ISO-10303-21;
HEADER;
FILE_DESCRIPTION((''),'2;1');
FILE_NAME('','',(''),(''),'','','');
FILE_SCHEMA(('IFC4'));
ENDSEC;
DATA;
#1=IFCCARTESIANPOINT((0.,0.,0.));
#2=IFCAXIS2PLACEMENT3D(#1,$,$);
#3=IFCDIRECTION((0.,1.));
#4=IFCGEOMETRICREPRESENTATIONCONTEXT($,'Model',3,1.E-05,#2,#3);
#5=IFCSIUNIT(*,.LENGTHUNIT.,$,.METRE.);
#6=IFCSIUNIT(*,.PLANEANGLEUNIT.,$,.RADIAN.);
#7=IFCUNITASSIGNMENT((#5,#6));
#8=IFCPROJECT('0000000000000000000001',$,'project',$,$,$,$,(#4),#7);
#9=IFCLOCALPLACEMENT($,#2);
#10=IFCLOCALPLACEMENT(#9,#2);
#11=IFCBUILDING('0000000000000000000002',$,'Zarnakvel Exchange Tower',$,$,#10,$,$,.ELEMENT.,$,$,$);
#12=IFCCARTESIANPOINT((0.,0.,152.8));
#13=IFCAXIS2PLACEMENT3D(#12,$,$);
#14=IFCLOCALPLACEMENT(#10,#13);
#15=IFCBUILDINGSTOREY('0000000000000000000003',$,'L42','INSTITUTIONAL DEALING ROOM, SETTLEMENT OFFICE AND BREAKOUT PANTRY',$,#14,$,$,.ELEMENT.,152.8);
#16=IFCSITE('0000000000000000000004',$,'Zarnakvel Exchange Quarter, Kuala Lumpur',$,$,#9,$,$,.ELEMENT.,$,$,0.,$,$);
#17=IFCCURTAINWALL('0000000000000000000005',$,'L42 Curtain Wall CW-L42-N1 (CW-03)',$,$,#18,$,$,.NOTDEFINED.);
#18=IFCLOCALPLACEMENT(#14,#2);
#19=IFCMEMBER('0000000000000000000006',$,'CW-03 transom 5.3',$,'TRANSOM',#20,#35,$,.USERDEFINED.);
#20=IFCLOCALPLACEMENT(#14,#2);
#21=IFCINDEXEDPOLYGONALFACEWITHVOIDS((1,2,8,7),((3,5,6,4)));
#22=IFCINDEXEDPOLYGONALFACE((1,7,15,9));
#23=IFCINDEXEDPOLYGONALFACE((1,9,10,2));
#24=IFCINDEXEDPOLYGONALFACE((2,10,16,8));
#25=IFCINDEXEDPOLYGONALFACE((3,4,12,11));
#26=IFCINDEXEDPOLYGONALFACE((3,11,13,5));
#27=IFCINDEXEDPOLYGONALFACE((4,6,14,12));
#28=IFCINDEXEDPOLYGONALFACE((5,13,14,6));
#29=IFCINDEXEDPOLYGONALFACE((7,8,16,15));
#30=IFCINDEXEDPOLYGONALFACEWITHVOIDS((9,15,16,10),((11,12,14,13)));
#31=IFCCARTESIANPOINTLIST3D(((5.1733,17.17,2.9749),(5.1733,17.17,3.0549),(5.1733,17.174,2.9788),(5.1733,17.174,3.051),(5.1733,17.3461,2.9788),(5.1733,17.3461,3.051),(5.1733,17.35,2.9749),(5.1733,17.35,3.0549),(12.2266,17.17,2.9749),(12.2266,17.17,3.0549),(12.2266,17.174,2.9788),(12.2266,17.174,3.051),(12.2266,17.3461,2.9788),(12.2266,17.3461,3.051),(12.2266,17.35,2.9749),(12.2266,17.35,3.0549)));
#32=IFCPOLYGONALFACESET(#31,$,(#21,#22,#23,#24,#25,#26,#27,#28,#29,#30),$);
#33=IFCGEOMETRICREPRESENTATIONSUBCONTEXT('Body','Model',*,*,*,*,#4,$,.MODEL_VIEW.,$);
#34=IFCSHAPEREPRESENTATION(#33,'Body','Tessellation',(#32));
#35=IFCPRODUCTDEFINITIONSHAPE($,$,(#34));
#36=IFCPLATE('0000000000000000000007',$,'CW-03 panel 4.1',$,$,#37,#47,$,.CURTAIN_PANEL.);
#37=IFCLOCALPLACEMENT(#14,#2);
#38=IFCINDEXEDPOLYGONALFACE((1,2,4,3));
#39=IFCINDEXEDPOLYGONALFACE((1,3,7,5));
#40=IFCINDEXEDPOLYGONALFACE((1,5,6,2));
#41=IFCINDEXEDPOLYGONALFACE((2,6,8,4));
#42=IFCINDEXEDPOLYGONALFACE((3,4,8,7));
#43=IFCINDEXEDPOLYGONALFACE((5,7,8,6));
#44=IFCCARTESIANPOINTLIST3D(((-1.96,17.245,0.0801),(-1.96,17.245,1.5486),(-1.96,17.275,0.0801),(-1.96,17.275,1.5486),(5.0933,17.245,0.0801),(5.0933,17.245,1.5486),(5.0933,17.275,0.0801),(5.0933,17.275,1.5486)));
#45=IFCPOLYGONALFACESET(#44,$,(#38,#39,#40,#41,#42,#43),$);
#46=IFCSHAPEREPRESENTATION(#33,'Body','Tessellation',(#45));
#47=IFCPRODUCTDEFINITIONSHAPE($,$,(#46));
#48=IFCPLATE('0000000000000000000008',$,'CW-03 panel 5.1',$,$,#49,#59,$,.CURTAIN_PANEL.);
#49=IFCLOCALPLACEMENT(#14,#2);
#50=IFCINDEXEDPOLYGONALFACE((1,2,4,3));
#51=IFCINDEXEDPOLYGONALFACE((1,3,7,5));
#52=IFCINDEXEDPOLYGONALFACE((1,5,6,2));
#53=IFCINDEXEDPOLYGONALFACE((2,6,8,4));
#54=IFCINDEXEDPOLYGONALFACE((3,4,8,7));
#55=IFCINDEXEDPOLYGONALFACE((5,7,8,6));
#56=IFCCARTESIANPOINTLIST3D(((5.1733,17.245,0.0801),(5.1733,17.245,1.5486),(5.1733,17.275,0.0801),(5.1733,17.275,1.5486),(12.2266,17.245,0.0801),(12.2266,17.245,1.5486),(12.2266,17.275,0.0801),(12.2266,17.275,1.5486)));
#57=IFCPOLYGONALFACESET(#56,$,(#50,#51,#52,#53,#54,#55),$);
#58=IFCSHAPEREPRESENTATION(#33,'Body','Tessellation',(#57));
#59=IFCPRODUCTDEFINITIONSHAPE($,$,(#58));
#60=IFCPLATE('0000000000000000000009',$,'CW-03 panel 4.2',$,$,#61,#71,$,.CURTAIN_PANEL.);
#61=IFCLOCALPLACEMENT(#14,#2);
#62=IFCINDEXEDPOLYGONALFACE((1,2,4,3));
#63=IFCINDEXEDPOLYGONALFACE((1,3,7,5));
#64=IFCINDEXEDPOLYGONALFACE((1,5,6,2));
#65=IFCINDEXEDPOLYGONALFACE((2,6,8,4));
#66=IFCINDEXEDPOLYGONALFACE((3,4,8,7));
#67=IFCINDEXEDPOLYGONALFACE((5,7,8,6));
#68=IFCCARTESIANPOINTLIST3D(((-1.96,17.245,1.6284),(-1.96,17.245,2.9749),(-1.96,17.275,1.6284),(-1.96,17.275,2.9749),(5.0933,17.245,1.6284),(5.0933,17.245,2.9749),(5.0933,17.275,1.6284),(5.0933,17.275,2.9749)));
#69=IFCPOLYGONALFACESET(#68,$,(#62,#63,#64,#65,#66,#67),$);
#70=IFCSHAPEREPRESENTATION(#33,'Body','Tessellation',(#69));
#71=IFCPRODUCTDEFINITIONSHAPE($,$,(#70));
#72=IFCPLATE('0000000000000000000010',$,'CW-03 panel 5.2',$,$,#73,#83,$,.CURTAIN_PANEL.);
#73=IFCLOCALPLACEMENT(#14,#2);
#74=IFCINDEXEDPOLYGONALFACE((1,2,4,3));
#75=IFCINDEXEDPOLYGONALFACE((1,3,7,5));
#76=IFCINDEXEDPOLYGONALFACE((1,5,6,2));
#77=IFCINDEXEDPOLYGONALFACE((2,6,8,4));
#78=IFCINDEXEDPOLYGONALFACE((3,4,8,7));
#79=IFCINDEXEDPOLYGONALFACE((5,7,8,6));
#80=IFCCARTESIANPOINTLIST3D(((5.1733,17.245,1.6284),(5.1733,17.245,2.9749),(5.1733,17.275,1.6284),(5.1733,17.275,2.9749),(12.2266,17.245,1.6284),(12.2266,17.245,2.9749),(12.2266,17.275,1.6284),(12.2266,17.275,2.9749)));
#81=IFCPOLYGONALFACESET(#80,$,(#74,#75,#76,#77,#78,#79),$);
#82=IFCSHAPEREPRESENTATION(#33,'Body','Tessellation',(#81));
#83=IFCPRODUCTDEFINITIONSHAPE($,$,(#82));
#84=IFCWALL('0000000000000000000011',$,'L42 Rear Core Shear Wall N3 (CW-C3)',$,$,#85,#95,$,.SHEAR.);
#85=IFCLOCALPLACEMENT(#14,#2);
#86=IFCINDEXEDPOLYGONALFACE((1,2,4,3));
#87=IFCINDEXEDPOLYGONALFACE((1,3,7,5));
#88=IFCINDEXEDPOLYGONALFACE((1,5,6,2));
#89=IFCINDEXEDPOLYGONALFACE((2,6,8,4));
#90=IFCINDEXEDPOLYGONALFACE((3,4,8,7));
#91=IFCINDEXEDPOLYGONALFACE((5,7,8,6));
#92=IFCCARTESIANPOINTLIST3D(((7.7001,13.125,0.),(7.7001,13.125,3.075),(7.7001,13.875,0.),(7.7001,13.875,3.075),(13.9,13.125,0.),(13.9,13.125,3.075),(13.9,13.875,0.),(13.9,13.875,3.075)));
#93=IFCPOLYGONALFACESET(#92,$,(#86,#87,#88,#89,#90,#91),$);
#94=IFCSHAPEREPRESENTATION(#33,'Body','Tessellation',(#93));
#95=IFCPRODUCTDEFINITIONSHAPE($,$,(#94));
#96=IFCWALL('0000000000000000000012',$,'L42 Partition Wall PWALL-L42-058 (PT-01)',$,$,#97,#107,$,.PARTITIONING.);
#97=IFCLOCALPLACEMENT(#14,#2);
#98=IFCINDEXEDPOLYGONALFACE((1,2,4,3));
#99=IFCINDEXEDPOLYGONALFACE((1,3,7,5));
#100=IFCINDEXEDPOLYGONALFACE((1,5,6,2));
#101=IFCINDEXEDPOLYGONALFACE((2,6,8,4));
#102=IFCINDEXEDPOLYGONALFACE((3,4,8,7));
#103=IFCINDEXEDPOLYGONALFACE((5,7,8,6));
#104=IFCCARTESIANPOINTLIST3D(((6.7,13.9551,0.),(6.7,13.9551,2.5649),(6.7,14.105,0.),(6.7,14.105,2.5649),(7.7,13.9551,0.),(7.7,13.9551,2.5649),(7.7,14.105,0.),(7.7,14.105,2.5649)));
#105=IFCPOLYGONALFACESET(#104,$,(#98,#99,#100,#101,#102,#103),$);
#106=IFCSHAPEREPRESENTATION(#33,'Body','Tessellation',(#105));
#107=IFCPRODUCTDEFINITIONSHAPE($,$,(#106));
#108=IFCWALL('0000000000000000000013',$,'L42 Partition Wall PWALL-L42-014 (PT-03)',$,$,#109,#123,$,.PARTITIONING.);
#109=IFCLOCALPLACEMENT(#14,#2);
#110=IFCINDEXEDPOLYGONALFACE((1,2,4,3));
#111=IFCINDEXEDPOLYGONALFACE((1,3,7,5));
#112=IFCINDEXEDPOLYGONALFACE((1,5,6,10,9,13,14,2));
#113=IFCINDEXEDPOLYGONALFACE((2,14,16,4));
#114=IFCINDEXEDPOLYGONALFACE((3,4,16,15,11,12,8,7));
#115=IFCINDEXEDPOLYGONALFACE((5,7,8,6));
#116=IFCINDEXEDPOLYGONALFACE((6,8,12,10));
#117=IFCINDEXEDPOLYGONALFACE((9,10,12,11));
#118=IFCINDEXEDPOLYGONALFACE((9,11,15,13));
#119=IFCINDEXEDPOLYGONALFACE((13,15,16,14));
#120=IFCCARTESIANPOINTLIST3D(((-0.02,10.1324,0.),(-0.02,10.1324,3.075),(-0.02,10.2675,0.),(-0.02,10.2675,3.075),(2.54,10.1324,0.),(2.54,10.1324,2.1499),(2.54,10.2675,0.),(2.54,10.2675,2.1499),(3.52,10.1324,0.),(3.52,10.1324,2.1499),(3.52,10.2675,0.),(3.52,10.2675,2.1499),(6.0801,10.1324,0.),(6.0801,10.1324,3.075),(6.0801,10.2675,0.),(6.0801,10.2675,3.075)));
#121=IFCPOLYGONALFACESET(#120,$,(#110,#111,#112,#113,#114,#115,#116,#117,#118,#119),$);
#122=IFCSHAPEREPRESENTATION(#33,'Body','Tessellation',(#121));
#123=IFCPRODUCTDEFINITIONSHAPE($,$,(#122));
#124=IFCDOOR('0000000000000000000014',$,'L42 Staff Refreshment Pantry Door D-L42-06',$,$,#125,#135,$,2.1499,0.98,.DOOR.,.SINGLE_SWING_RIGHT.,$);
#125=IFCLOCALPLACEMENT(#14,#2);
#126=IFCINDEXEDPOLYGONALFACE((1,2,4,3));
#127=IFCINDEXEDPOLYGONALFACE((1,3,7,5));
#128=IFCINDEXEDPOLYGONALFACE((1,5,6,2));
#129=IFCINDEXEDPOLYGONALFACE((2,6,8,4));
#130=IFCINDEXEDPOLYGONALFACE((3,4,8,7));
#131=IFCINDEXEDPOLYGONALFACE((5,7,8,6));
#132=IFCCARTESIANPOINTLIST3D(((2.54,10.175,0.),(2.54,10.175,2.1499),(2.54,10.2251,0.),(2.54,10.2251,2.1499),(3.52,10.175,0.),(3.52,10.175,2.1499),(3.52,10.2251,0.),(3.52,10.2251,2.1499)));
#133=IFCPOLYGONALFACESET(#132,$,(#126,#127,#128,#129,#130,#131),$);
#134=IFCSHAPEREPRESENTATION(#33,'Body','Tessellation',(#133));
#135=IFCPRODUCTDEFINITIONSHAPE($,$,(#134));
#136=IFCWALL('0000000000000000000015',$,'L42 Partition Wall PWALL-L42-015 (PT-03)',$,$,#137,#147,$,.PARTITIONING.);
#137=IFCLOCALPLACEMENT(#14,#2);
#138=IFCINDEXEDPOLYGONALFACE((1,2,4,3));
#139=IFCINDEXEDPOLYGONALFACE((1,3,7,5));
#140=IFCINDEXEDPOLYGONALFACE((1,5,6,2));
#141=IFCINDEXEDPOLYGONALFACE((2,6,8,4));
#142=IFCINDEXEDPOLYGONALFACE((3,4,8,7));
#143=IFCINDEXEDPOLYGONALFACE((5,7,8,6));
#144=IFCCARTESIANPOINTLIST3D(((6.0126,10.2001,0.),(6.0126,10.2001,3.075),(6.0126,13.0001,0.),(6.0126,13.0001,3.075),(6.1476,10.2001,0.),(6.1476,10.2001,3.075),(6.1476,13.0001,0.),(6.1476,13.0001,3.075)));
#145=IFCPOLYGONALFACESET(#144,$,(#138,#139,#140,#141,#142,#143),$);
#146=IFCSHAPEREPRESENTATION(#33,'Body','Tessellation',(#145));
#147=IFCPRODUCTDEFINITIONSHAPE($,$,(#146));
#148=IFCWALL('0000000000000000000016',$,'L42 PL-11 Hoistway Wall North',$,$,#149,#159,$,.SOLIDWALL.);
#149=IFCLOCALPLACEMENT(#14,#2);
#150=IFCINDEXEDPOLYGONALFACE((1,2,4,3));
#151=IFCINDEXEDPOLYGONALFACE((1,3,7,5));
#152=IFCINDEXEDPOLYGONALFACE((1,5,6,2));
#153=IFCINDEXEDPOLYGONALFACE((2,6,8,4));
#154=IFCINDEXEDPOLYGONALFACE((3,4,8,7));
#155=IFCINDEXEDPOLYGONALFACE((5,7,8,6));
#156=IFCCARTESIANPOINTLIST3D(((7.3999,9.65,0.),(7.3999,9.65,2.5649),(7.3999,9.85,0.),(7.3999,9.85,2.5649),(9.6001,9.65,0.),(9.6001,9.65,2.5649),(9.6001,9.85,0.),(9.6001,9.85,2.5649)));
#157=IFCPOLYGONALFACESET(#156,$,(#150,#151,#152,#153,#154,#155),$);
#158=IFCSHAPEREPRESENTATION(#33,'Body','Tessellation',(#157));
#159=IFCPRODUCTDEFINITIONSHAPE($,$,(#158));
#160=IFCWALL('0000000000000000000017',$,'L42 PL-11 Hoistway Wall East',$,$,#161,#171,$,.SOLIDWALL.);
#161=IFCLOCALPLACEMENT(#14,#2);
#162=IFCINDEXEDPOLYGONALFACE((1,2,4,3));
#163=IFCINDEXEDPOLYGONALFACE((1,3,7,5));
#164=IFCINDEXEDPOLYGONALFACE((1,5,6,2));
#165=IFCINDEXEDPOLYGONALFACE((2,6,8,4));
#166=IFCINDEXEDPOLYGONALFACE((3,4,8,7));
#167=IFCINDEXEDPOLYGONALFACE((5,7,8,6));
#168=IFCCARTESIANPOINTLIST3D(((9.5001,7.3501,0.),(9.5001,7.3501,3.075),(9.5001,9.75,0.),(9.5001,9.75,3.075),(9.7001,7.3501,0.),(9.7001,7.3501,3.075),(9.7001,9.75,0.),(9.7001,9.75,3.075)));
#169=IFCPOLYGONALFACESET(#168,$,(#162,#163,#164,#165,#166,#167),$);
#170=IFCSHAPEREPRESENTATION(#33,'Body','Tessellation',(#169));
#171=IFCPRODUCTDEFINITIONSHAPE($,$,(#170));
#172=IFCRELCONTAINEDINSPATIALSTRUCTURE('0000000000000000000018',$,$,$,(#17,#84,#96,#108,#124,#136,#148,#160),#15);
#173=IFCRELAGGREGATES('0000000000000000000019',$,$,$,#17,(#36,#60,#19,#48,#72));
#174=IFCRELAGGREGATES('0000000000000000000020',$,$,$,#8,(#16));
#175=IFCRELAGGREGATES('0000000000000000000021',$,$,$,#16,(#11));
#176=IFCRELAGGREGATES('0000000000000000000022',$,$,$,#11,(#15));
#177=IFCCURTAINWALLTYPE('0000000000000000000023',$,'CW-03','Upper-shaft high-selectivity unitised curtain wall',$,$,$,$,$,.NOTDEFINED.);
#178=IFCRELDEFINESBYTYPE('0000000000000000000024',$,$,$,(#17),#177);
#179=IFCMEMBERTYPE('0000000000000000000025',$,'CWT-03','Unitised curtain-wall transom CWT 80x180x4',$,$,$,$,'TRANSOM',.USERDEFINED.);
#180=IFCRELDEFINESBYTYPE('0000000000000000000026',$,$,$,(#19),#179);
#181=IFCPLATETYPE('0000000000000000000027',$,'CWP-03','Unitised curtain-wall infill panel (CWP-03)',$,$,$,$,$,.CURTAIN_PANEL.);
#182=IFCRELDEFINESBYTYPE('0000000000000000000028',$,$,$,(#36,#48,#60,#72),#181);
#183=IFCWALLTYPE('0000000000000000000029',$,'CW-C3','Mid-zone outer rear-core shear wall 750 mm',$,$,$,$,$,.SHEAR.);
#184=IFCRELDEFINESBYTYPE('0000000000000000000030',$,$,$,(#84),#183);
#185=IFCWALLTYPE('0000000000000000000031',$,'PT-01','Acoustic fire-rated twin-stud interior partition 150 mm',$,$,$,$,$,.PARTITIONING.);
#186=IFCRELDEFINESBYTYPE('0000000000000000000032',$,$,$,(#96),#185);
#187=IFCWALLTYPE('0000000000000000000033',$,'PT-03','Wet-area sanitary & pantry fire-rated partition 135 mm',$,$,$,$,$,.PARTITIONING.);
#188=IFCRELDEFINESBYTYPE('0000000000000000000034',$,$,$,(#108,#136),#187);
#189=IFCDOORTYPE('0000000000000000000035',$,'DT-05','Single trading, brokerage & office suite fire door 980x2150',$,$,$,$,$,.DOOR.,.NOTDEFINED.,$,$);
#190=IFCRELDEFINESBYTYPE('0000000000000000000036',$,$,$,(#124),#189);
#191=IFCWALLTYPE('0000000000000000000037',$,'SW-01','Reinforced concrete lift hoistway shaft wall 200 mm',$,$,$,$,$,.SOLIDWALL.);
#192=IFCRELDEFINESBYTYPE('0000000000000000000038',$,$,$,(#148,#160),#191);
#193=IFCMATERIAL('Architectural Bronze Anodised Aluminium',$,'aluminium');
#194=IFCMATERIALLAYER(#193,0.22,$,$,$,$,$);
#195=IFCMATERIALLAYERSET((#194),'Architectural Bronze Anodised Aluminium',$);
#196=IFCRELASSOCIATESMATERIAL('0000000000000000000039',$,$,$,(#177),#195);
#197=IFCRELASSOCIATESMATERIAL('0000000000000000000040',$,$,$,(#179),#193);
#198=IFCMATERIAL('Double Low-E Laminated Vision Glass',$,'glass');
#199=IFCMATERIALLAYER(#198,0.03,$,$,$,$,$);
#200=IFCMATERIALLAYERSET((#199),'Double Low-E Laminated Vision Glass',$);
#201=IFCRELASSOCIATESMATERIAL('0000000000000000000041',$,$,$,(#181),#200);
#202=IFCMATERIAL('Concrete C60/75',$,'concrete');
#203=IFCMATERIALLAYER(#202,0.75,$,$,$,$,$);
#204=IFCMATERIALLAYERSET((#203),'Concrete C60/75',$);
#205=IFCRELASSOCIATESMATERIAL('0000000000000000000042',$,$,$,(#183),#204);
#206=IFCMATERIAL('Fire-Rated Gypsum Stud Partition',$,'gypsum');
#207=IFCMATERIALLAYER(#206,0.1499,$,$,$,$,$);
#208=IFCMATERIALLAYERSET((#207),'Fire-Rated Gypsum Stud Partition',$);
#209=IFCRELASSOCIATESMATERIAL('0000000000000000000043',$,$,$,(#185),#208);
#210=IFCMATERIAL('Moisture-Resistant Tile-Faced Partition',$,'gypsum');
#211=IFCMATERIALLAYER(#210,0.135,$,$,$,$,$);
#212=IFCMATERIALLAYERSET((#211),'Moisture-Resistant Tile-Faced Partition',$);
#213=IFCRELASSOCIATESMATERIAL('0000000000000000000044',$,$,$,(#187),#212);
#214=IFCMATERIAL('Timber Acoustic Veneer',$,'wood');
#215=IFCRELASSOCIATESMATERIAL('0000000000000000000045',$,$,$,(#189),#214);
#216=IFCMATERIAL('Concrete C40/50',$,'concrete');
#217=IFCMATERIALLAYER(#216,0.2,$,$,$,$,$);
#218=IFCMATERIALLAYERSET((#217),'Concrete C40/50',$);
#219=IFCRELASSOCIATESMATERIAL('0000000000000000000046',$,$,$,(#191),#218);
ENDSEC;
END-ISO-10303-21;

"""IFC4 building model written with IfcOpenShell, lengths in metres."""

from ifc_helpers import new_model, si_unit, direction, frame, frame_2d, origin, origin_2d, place, context, subcontext, project, spatial, rectangle, hollow_rectangle, extrude, source, transform, mapped, material, layer, layer_set, material_profile, profile_set, type_object, element, fill, aggregate, save


model = new_model("IFC4")

# Units and contexts
model_context = context("Model", 3, precision=1e-05, world=origin(), true_north=direction((0.0, 1.0)))
body_context = subcontext(model_context, "Body", "Model", "MODEL_VIEW")
ifc_project = project(units=[si_unit("LENGTHUNIT", "METRE"), si_unit("PLANEANGLEUNIT", "RADIAN")], contexts=[model_context])

# Site, building, storey
site_placement = place(None, origin())
site = spatial("IfcSite", under=ifc_project, at=site_placement, Name="Zarnakvel Exchange Quarter, Kuala Lumpur", CompositionType="ELEMENT", RefElevation=0.0)
building_placement = place(site_placement, origin())
building = spatial("IfcBuilding", under=site, at=building_placement, Name="Zarnakvel Exchange Tower", CompositionType="ELEMENT")
storey_placement = place(building_placement, frame((0.0, 0.0, 152.8)))
storey = spatial("IfcBuildingStorey", under=building, at=storey_placement, Name="L42", Description="INSTITUTIONAL DEALING ROOM, SETTLEMENT OFFICE AND BREAKOUT PANTRY", CompositionType="ELEMENT", Elevation=152.8)

# Shared definitions
ifc_material_1 = material(Name="Concrete C60/75", Category="concrete")

# Curtain wall, member, plates
ifc_material_2 = material(Name="Architectural Bronze Anodised Aluminium", Category="aluminium")
ifc_layer_1 = layer(ifc_material_2, 0.22)
ifc_layer_set_1 = layer_set([ifc_layer_1], Name="Architectural Bronze Anodised Aluminium")
curtain_wall_type = type_object("IfcCurtainWallType", Name="CW-03", Description="Upper-shaft high-selectivity unitised curtain wall", PredefinedType="NOTDEFINED", material=ifc_layer_set_1)
curtain_wall_placement = place(storey_placement, origin())
curtain_wall = element("IfcCurtainWall", 1, at=curtain_wall_placement, inside=storey, type_object=curtain_wall_type, Name="L42 Curtain Wall CW-L42-N1 (CW-03)", PredefinedType="NOTDEFINED")
ifc_material_profile_1 = material_profile(ifc_material_2, hollow_rectangle(XDim=0.1799, YDim=0.0801, WallThickness=0.0039, at=origin_2d()))
ifc_profile_set_1 = profile_set([ifc_material_profile_1], Name="Architectural Bronze Anodised Aluminium")
member_type_1 = type_object("IfcMemberType", Name="CWT-03", Description="Unitised curtain-wall transom CWT 80x180x4", ElementType="TRANSOM", PredefinedType="USERDEFINED", material=ifc_profile_set_1)
shared_shape_1 = source(origin(), body_context, "Body", "SweptSolid", [
    extrude(hollow_rectangle(XDim=0.1799, YDim=0.0801, WallThickness=0.0039, at=origin_2d()), origin(), (0.0, 0.0, 1.0), 7.0532),
])
member_1_placement = place(storey_placement, frame((5.1733, 17.26, 3.0149), z_axis=(1.0, 0.0, 0.0), x_axis=(0.0, 1.0, 0.0)))
member_1 = element("IfcMember", 2, at=member_1_placement, type_object=member_type_1, Name="CW-03 transom 5.3", ObjectType="TRANSOM", PredefinedType="USERDEFINED", context=body_context, shape_type="MappedRepresentation", body=[
    mapped(shared_shape_1, transform((0.0, 0.0, 0.0), x_axis=(1.0, 0.0, 0.0), y_axis=(0.0, 1.0, 0.0), z_axis=(0.0, 0.0, 1.0), scale=1.0)),
])
ifc_material_3 = material(Name="Double Low-E Laminated Vision Glass", Category="glass")
ifc_layer_2 = layer(ifc_material_3, 0.03)
ifc_layer_set_2 = layer_set([ifc_layer_2], Name="Double Low-E Laminated Vision Glass")
plate_type = type_object("IfcPlateType", Name="CWP-03", Description="Unitised curtain-wall infill panel (CWP-03)", PredefinedType="CURTAIN_PANEL", material=ifc_layer_set_2)
shared_shape_2 = source(origin(), body_context, "Body", "SweptSolid", [
    extrude(rectangle(XDim=7.0532, YDim=0.03, at=origin_2d()), origin(), (0.0, 0.0, 1.0), 1.4685),
])
plate_1_placement = place(storey_placement, frame((1.5667, 17.26, 0.0801), z_axis=(0.0, 0.0, 1.0), x_axis=(1.0, 0.0, 0.0)))
plate_1 = element("IfcPlate", 3, at=plate_1_placement, type_object=plate_type, Name="CW-03 panel 4.1", PredefinedType="CURTAIN_PANEL", context=body_context, shape_type="MappedRepresentation", body=[
    mapped(shared_shape_2, transform((0.0, 0.0, 0.0), x_axis=(1.0, 0.0, 0.0), y_axis=(0.0, 1.0, 0.0), z_axis=(0.0, 0.0, 1.0), scale=1.0)),
])
plate_2_placement = place(storey_placement, frame((8.7, 17.26, 0.0801), z_axis=(0.0, 0.0, 1.0), x_axis=(1.0, 0.0, 0.0)))
plate_2 = element("IfcPlate", 4, at=plate_2_placement, type_object=plate_type, Name="CW-03 panel 5.1", PredefinedType="CURTAIN_PANEL", context=body_context, shape_type="MappedRepresentation", body=[
    mapped(shared_shape_2, transform((0.0, 0.0, 0.0), x_axis=(1.0, 0.0, 0.0), y_axis=(0.0, 1.0, 0.0), z_axis=(0.0, 0.0, 1.0), scale=1.0)),
])
shared_shape_3 = source(origin(), body_context, "Body", "SweptSolid", [
    extrude(rectangle(XDim=7.0532, YDim=0.03, at=origin_2d()), origin(), (0.0, 0.0, 1.0), 1.3464),
])
plate_3_placement = place(storey_placement, frame((1.5667, 17.26, 1.6284), z_axis=(0.0, 0.0, 1.0), x_axis=(1.0, 0.0, 0.0)))
plate_3 = element("IfcPlate", 5, at=plate_3_placement, type_object=plate_type, Name="CW-03 panel 4.2", PredefinedType="CURTAIN_PANEL", context=body_context, shape_type="MappedRepresentation", body=[
    mapped(shared_shape_3, transform((0.0, 0.0, 0.0), x_axis=(1.0, 0.0, 0.0), y_axis=(0.0, 1.0, 0.0), z_axis=(0.0, 0.0, 1.0), scale=1.0)),
])
plate_4_placement = place(storey_placement, frame((8.7, 17.26, 1.6284), z_axis=(0.0, 0.0, 1.0), x_axis=(1.0, 0.0, 0.0)))
plate_4 = element("IfcPlate", 6, at=plate_4_placement, type_object=plate_type, Name="CW-03 panel 5.2", PredefinedType="CURTAIN_PANEL", context=body_context, shape_type="MappedRepresentation", body=[
    mapped(shared_shape_3, transform((0.0, 0.0, 0.0), x_axis=(1.0, 0.0, 0.0), y_axis=(0.0, 1.0, 0.0), z_axis=(0.0, 0.0, 1.0), scale=1.0)),
])
aggregate(curtain_wall, [plate_1, plate_3, member_1, plate_2, plate_4])

# Walls
ifc_layer_3 = layer(ifc_material_1, 0.75)
ifc_layer_set_3 = layer_set([ifc_layer_3], Name="Concrete C60/75")
wall_type_1 = type_object("IfcWallType", Name="CW-C3", Description="Mid-zone outer rear-core shear wall 750 mm", PredefinedType="SHEAR", material=ifc_layer_set_3)
wall_1_placement = place(storey_placement, frame((7.7, 13.5, 0.0), z_axis=(0.0, 0.0, 1.0), x_axis=(1.0, 0.0, 0.0)))
element("IfcWall", 7, at=wall_1_placement, inside=storey, type_object=wall_type_1, Name="L42 Rear Core Shear Wall N3 (CW-C3)", PredefinedType="SHEAR", context=body_context, shape_type="SweptSolid", body=[
    extrude(rectangle(XDim=6.2, YDim=0.75, at=frame_2d((3.1001, 0.0))), origin(), (0.0, 0.0, 1.0), 3.075),
])
ifc_material_4 = material(Name="Fire-Rated Gypsum Stud Partition", Category="gypsum")
ifc_layer_4 = layer(ifc_material_4, 0.1499)
ifc_layer_set_4 = layer_set([ifc_layer_4], Name="Fire-Rated Gypsum Stud Partition")
wall_type_2 = type_object("IfcWallType", Name="PT-01", Description="Acoustic fire-rated twin-stud interior partition 150 mm", PredefinedType="PARTITIONING", material=ifc_layer_set_4)
wall_2_placement = place(storey_placement, frame((7.7, 14.03, 0.0), z_axis=(0.0, 0.0, 1.0), x_axis=(-1.0, 0.0, 0.0)))
element("IfcWall", 8, at=wall_2_placement, inside=storey, type_object=wall_type_2, Name="L42 Partition Wall PWALL-L42-058 (PT-01)", PredefinedType="PARTITIONING", context=body_context, shape_type="SweptSolid", body=[
    extrude(rectangle(XDim=1.0, YDim=0.1499, at=frame_2d((0.5, 0.0))), origin(), (0.0, 0.0, 1.0), 2.5649),
])

# Wall, opening, door
ifc_material_5 = material(Name="Moisture-Resistant Tile-Faced Partition", Category="gypsum")
ifc_layer_5 = layer(ifc_material_5, 0.135)
ifc_layer_set_5 = layer_set([ifc_layer_5], Name="Moisture-Resistant Tile-Faced Partition")
wall_type_3 = type_object("IfcWallType", Name="PT-03", Description="Wet-area sanitary & pantry fire-rated partition 135 mm", PredefinedType="PARTITIONING", material=ifc_layer_set_5)
wall_3_placement = place(storey_placement, frame((6.0801, 10.2, 0.0), z_axis=(0.0, 0.0, 1.0), x_axis=(-1.0, 0.0, 0.0)))
wall_3 = element("IfcWall", 9, at=wall_3_placement, inside=storey, type_object=wall_type_3, Name="L42 Partition Wall PWALL-L42-014 (PT-03)", PredefinedType="PARTITIONING", context=body_context, shape_type="SweptSolid", body=[
    extrude(rectangle(XDim=6.1001, YDim=0.135, at=frame_2d((3.05, 0.0))), origin(), (0.0, 0.0, 1.0), 3.075),
])
opening_placement = place(wall_3_placement, frame((2.5601, 0.0, 0.0)))
opening = element("IfcOpeningElement", 10, at=opening_placement, cuts=wall_3, PredefinedType="OPENING", context=body_context, shape_type="SweptSolid", body=[
    extrude(rectangle(XDim=0.98, YDim=2.1499, at=frame_2d((0.49, 1.075))), frame((0.0, 0.0774, 0.0), z_axis=(0.0, -1.0, 0.0), x_axis=(1.0, 0.0, 0.0)), (0.0, 0.0, 1.0), 0.155),
])
ifc_material_6 = material(Name="Timber Acoustic Veneer", Category="wood")
door_type = type_object("IfcDoorType", Name="DT-05", Description="Single trading, brokerage & office suite fire door 980x2150", OperationType="NOTDEFINED", PredefinedType="DOOR", material=ifc_material_6)
shared_shape_4 = source(origin(), body_context, "Body", "SweptSolid", [
    extrude(rectangle(XDim=0.98, YDim=2.1499, at=frame_2d((0.49, 1.075))), frame((0.0, 0.0249, 0.0), z_axis=(0.0, -1.0, 0.0), x_axis=(1.0, 0.0, 0.0)), (0.0, 0.0, 1.0), 0.05),
])
door_placement = place(opening_placement, origin())
door = element("IfcDoor", 11, at=door_placement, inside=storey, type_object=door_type, Name="L42 Staff Refreshment Pantry Door D-L42-06", OperationType="SINGLE_SWING_RIGHT", OverallHeight=2.1499, OverallWidth=0.98, PredefinedType="DOOR", context=body_context, shape_type="MappedRepresentation", body=[
    mapped(shared_shape_4, transform((0.0, 0.0, 0.0), x_axis=(1.0, 0.0, 0.0), y_axis=(0.0, 1.0, 0.0), z_axis=(0.0, 0.0, 1.0), scale=1.0)),
])
fill(opening, door)

# Walls
wall_4_placement = place(storey_placement, frame((6.0801, 13.0, 0.0), z_axis=(0.0, 0.0, 1.0), x_axis=(0.0, -1.0, 0.0)))
element("IfcWall", 12, at=wall_4_placement, inside=storey, type_object=wall_type_3, Name="L42 Partition Wall PWALL-L42-015 (PT-03)", PredefinedType="PARTITIONING", context=body_context, shape_type="SweptSolid", body=[
    extrude(rectangle(XDim=2.8, YDim=0.135, at=frame_2d((1.3999, 0.0))), origin(), (0.0, 0.0, 1.0), 3.075),
])
ifc_material_7 = material(Name="Concrete C40/50", Category="concrete")
ifc_layer_6 = layer(ifc_material_7, 0.2)
ifc_layer_set_6 = layer_set([ifc_layer_6], Name="Concrete C40/50")
wall_type_4 = type_object("IfcWallType", Name="SW-01", Description="Reinforced concrete lift hoistway shaft wall 200 mm", PredefinedType="SOLIDWALL", material=ifc_layer_set_6)
wall_5_placement = place(storey_placement, frame((7.3999, 9.75, 0.0), z_axis=(0.0, 0.0, 1.0), x_axis=(1.0, 0.0, 0.0)))
element("IfcWall", 13, at=wall_5_placement, inside=storey, type_object=wall_type_4, Name="L42 PL-11 Hoistway Wall North", PredefinedType="SOLIDWALL", context=body_context, shape_type="SweptSolid", body=[
    extrude(rectangle(XDim=2.2002, YDim=0.2, at=frame_2d((1.1001, 0.0))), origin(), (0.0, 0.0, 1.0), 2.5649),
])
wall_6_placement = place(storey_placement, frame((9.6001, 9.75, 0.0), z_axis=(0.0, 0.0, 1.0), x_axis=(0.0, -1.0, 0.0)))
element("IfcWall", 14, at=wall_6_placement, inside=storey, type_object=wall_type_4, Name="L42 PL-11 Hoistway Wall East", PredefinedType="SOLIDWALL", context=body_context, shape_type="SweptSolid", body=[
    extrude(rectangle(XDim=2.3999, YDim=0.2, at=frame_2d((1.2, 0.0))), origin(), (0.0, 0.0, 1.0), 3.075),
])

save(model, "model.ifc")
